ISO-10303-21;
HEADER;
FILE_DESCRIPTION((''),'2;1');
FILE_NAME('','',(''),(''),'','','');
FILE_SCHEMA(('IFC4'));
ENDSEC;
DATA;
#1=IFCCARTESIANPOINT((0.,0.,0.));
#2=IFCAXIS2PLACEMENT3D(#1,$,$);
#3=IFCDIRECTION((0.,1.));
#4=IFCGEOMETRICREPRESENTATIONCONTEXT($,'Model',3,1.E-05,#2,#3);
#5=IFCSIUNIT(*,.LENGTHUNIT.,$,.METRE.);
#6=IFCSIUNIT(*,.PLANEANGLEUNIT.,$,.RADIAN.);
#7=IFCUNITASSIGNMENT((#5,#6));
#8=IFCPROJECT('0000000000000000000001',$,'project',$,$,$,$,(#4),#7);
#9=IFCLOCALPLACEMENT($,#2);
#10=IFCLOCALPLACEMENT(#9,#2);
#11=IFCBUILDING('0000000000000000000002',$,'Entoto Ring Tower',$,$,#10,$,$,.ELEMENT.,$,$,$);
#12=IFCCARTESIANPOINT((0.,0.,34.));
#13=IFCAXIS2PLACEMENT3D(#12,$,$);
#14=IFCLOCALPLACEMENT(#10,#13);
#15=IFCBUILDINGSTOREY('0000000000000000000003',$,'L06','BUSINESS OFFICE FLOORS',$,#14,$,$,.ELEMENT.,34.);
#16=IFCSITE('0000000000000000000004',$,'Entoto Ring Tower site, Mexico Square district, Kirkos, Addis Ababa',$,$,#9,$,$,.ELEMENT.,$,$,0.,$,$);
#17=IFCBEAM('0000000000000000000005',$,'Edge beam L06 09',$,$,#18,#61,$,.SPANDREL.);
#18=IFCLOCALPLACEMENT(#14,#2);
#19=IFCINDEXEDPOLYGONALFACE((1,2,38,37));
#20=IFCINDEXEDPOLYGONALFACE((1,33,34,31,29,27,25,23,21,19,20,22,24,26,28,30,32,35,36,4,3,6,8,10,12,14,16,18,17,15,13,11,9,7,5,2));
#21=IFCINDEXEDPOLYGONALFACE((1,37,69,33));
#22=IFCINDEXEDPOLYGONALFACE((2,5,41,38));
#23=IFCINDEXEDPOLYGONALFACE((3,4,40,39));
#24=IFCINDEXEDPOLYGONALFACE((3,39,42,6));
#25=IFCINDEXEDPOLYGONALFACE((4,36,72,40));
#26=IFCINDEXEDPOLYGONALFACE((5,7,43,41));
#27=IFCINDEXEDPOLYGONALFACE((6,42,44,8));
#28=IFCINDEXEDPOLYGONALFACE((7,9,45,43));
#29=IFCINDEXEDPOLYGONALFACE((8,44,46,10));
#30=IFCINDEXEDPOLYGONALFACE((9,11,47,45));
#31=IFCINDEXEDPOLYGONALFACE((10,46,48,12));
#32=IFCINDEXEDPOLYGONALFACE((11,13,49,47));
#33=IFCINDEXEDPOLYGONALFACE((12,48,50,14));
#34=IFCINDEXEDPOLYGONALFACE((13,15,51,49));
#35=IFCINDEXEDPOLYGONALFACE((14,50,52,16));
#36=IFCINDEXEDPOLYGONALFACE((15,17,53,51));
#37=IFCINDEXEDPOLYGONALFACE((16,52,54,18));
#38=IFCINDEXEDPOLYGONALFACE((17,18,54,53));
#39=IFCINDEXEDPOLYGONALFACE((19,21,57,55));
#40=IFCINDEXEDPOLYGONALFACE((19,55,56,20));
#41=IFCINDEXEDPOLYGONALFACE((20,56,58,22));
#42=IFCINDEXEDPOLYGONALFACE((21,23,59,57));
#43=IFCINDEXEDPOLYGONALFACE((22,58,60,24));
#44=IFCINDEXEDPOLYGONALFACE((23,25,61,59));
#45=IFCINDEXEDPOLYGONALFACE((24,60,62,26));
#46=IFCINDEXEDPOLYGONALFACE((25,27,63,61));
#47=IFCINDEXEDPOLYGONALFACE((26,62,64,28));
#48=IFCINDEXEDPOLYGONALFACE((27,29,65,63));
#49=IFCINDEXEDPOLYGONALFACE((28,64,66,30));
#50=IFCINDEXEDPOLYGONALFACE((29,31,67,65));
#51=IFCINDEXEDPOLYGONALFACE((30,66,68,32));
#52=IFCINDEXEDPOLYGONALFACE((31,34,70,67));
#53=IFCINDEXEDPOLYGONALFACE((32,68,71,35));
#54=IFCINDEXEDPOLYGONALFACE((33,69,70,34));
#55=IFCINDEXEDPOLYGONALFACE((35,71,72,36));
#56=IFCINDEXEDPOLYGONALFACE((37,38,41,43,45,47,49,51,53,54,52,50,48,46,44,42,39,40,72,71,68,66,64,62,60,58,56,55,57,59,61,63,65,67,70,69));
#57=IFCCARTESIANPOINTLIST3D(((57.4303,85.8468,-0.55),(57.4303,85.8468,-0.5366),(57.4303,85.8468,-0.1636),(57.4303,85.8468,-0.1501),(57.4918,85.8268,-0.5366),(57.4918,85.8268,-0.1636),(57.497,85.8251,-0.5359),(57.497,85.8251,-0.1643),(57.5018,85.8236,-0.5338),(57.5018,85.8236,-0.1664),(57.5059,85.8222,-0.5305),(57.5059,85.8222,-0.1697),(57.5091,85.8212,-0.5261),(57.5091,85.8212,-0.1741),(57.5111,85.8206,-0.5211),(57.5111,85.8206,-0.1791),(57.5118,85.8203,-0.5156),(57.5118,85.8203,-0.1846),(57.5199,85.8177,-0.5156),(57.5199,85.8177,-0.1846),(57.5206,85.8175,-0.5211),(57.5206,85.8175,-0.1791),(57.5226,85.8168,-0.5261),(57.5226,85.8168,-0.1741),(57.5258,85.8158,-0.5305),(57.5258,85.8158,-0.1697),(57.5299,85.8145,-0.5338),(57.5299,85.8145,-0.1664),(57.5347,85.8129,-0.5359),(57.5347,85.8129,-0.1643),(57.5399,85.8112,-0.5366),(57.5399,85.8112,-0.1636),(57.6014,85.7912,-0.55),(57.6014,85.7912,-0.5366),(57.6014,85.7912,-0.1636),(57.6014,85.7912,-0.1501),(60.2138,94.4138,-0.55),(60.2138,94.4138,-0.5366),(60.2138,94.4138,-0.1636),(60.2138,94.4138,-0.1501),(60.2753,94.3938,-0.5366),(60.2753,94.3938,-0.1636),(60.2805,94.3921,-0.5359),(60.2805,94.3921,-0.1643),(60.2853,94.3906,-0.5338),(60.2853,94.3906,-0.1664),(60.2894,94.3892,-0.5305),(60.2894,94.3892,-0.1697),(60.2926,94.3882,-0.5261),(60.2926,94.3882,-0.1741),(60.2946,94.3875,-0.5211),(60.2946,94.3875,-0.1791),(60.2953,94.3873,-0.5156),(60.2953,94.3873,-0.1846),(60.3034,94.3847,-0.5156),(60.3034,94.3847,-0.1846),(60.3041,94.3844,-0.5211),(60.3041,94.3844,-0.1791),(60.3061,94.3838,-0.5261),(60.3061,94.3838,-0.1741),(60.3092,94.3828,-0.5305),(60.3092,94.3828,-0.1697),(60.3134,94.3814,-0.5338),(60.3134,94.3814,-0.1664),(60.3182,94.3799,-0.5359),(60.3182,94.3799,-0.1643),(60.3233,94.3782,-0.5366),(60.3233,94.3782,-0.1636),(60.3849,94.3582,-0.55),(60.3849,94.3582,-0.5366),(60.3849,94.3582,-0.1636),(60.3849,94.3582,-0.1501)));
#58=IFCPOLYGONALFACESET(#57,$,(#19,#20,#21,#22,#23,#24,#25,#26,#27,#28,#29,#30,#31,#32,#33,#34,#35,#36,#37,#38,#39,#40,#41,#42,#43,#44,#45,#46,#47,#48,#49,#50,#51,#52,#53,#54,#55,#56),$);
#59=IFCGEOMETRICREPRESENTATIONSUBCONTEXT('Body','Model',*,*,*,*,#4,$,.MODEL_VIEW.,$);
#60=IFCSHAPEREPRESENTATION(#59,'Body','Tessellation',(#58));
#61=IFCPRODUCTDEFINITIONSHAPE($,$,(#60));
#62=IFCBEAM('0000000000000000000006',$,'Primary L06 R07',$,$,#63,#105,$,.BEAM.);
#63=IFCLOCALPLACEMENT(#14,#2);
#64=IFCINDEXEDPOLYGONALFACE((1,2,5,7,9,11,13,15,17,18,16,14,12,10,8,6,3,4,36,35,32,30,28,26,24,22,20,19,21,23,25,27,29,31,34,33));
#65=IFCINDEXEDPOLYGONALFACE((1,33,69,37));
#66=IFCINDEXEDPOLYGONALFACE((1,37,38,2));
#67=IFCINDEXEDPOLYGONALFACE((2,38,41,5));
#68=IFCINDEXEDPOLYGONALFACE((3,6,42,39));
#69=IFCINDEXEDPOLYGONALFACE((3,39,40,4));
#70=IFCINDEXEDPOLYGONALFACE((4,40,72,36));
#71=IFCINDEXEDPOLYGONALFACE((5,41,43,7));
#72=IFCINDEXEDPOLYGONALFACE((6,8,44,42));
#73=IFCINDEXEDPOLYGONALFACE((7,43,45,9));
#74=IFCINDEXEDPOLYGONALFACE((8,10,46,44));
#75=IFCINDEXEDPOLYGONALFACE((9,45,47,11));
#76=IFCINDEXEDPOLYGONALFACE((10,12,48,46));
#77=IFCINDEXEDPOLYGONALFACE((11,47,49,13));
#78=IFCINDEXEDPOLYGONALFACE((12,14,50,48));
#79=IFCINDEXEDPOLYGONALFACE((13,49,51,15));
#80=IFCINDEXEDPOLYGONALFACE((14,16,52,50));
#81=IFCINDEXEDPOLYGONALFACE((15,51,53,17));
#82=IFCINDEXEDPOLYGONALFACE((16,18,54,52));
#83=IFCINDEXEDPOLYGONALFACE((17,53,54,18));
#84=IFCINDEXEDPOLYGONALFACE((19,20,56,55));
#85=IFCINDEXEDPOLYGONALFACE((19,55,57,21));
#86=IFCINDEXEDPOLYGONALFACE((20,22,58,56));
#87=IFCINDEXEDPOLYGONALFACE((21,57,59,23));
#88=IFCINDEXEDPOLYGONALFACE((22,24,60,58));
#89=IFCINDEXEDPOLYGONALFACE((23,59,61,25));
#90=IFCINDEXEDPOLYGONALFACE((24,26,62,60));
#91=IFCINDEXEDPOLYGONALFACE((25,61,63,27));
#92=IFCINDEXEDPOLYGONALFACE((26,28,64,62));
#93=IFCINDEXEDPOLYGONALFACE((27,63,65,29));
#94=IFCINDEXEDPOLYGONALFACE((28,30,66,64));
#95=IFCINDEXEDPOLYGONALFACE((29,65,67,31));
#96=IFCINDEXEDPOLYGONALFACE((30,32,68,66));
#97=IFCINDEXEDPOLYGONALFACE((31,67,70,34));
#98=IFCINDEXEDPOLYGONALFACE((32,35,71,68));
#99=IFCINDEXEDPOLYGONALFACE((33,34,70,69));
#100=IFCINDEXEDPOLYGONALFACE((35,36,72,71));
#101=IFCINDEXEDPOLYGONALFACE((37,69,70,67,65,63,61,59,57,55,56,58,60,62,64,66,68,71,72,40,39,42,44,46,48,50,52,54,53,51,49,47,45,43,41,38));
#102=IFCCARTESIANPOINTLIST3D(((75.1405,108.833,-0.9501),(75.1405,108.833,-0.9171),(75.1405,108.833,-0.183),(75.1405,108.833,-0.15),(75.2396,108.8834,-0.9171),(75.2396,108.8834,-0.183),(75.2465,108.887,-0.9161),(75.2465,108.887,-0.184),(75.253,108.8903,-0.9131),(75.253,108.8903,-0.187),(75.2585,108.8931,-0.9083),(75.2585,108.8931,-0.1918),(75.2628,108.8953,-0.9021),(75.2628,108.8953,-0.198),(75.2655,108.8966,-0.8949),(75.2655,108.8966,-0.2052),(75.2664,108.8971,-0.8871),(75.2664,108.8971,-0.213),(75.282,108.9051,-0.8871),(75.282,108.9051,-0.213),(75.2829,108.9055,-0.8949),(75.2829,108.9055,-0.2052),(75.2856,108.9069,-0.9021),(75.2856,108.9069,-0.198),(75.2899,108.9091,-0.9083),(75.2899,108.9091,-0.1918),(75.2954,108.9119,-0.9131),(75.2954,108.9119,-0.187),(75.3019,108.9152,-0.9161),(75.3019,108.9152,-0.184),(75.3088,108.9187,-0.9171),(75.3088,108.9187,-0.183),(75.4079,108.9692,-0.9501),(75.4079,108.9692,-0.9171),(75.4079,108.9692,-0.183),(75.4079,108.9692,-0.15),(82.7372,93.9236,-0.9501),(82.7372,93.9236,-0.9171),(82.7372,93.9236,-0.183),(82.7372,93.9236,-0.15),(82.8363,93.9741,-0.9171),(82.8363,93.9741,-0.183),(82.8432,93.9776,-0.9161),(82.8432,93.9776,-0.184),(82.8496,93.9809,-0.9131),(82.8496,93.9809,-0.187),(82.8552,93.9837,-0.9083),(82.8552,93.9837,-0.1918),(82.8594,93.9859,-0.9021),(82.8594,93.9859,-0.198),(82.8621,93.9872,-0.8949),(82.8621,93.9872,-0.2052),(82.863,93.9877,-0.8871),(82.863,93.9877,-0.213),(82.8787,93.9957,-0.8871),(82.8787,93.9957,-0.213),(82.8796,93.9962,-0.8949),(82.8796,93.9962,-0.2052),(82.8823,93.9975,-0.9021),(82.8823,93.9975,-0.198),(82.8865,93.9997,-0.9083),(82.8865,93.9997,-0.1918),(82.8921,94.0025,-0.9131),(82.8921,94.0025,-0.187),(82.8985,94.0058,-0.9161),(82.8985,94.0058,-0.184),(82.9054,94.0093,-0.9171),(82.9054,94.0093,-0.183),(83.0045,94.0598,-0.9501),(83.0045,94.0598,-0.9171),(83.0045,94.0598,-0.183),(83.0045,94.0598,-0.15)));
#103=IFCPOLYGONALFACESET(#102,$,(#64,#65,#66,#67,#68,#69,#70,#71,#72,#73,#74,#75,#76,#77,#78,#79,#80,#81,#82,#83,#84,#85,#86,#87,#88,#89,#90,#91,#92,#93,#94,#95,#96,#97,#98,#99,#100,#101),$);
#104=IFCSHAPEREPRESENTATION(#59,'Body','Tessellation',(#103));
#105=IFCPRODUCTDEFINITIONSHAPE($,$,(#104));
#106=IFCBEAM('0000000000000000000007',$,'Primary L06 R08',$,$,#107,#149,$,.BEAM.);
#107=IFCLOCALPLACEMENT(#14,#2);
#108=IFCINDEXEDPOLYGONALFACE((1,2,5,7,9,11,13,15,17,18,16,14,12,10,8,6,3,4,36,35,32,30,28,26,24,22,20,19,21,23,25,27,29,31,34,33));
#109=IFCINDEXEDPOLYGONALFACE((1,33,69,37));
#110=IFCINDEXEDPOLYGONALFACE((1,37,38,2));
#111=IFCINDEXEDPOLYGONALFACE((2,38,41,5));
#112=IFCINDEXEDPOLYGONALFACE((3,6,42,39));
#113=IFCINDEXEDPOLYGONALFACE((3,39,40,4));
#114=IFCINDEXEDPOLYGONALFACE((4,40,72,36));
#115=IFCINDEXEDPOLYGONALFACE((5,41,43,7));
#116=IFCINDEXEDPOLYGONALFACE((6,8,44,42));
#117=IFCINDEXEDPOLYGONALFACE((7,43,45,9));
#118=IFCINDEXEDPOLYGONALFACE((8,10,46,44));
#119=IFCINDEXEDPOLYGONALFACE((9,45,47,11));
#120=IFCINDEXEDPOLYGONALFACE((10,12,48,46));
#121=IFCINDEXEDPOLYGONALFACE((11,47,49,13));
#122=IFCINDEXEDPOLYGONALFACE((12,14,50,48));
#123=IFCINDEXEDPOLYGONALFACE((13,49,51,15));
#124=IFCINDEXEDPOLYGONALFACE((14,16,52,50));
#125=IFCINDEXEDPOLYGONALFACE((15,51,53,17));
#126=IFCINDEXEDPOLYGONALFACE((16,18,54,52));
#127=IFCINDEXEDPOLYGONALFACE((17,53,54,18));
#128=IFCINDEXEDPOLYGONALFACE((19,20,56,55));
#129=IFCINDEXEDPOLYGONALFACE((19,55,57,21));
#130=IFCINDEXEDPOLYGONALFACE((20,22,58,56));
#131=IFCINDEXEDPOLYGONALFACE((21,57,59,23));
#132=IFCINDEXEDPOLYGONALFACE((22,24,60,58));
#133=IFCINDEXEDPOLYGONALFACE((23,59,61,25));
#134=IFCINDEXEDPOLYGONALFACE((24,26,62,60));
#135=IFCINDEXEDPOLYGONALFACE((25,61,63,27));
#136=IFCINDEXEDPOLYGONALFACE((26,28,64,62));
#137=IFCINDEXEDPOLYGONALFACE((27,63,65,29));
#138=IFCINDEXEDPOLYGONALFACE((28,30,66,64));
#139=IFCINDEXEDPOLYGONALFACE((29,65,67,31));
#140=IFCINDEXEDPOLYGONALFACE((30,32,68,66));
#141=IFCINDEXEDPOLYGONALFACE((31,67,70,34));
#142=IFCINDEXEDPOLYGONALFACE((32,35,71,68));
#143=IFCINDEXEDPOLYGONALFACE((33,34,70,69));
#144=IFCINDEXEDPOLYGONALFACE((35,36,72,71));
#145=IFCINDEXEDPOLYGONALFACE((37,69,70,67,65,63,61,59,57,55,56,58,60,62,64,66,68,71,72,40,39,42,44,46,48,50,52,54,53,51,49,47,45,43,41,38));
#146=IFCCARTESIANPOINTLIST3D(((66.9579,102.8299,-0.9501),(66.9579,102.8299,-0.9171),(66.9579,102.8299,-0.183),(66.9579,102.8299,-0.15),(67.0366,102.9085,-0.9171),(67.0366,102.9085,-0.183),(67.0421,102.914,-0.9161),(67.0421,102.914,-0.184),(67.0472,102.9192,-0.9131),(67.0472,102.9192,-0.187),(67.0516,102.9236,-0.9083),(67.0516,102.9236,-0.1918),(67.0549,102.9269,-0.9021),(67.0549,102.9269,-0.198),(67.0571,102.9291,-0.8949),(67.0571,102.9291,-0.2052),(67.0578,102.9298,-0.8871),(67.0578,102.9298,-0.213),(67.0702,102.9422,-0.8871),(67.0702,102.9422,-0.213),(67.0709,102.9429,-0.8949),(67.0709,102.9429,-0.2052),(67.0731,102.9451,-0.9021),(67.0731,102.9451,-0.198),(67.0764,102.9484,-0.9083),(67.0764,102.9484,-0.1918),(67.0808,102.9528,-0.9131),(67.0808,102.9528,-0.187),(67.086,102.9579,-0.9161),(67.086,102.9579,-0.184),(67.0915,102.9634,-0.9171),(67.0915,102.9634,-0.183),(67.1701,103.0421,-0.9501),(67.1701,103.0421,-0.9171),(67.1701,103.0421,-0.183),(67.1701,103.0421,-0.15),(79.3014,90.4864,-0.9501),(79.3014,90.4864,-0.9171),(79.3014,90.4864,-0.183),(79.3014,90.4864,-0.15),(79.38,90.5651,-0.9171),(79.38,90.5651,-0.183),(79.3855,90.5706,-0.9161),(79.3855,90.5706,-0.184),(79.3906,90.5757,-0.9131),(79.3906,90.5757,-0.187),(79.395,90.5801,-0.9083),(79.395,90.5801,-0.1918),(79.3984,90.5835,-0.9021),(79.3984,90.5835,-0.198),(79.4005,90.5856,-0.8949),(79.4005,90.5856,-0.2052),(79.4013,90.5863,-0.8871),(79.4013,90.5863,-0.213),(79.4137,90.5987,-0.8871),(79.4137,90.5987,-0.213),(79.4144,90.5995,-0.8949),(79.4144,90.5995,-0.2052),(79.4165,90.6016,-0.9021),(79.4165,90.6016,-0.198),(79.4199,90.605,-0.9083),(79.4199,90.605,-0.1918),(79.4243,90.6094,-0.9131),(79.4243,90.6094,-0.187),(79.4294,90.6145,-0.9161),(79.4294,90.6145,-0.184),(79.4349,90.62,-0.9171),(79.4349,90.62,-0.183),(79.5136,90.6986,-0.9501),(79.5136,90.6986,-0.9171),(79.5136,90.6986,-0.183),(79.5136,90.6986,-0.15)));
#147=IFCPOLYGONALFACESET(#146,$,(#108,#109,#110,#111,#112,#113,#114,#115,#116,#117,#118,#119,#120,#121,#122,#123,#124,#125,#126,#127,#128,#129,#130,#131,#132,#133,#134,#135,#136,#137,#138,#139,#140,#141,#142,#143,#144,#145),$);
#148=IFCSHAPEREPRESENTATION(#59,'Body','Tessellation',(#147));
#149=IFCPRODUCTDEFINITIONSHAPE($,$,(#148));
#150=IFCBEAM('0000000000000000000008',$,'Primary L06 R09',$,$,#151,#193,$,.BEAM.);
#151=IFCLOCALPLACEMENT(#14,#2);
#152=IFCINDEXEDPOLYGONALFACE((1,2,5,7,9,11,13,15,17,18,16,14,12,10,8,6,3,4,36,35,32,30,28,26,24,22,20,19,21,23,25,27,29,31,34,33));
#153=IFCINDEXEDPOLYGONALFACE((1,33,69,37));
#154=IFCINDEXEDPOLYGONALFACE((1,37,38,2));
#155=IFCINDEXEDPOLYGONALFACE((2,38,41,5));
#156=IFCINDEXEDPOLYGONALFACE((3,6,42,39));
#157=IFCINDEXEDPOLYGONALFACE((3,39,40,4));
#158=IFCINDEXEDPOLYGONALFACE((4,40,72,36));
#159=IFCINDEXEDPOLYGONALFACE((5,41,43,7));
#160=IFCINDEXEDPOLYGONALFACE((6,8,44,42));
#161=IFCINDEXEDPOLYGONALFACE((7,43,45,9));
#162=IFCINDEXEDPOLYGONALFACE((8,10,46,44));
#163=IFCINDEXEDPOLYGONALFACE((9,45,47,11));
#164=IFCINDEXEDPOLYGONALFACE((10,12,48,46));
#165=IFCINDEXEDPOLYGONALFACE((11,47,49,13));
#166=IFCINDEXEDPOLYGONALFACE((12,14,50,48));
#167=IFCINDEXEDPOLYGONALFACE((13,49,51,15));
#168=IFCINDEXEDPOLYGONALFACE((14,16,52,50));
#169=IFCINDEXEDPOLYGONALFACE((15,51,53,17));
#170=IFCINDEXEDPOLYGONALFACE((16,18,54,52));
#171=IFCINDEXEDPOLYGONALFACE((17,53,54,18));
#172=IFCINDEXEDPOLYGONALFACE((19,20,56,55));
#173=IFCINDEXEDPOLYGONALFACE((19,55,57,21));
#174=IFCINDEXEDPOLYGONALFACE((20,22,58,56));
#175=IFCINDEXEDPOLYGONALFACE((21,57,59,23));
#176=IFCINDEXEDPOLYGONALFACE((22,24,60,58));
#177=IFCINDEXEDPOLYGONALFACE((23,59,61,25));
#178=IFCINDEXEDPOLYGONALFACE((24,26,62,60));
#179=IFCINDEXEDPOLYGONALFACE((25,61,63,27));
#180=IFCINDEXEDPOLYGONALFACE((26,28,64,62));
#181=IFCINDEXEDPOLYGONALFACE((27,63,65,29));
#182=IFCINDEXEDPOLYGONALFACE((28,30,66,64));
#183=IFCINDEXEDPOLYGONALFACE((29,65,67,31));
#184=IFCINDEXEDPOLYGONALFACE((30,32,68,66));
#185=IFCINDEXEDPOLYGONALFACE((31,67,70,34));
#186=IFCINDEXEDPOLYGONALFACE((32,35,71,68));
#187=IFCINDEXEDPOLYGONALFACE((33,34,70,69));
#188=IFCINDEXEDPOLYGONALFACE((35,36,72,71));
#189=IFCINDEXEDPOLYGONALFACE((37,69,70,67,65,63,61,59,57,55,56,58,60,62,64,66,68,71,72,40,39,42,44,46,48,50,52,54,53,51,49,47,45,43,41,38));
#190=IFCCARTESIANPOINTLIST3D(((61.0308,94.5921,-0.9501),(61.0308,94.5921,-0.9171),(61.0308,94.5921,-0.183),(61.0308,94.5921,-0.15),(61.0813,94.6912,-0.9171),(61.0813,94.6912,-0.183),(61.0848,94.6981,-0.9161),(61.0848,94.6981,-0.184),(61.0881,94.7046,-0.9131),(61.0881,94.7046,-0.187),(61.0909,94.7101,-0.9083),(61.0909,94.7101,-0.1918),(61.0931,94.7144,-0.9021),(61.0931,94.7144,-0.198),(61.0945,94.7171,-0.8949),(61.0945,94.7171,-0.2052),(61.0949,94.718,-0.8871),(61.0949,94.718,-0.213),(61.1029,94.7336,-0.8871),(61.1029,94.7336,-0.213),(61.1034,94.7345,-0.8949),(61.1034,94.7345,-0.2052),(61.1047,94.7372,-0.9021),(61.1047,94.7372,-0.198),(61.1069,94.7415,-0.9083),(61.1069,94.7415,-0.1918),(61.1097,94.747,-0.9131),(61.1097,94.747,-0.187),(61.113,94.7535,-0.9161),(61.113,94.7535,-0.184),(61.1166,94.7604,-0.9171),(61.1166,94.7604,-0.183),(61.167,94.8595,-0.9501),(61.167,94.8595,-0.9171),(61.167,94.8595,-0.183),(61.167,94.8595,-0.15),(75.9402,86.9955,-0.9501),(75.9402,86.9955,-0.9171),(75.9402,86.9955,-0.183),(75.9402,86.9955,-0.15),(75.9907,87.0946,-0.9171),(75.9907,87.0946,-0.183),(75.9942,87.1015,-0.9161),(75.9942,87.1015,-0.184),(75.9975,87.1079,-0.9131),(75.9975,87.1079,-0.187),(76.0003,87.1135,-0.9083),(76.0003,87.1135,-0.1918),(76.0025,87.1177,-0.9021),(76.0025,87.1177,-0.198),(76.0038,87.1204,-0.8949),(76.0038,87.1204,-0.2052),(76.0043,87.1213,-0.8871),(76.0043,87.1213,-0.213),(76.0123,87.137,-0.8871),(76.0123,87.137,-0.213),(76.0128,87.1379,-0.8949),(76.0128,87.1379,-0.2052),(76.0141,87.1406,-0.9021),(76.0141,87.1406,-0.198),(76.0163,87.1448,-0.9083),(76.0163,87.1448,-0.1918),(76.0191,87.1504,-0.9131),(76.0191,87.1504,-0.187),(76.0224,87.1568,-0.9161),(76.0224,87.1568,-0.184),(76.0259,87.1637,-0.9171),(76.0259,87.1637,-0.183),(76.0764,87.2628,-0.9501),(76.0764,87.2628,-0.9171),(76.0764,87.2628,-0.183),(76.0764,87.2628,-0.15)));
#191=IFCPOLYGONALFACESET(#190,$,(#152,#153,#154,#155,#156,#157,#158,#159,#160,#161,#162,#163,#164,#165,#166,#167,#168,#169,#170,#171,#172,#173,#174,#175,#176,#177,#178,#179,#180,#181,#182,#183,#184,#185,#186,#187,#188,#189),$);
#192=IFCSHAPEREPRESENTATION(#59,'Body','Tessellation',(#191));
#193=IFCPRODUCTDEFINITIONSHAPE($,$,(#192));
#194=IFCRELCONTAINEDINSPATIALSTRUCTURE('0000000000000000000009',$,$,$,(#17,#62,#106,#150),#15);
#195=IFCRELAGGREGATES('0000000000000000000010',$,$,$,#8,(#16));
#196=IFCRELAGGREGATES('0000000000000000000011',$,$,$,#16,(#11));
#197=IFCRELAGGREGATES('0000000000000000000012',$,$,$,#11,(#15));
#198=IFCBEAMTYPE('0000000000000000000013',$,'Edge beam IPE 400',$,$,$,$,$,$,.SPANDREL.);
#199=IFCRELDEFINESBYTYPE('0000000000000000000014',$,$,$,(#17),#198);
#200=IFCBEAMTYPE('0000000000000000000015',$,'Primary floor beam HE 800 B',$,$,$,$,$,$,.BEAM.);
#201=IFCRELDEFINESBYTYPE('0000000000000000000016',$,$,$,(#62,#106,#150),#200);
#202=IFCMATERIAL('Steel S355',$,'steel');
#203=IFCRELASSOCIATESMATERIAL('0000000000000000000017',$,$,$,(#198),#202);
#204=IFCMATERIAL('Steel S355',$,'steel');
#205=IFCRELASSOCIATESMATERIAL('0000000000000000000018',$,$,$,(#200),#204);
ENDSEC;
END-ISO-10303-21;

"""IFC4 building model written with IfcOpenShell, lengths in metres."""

from ifc_helpers import new_model, si_unit, direction, frame, origin, origin_2d, place, context, subcontext, project, spatial, i_section, extrude, material, material_profile, profile_set, type_object, element, save


model = new_model("IFC4")

# Units and contexts
model_context = context("Model", 3, precision=1e-05, world=origin(), true_north=direction((0.0, 1.0)))
body_context = subcontext(model_context, "Body", "Model", "MODEL_VIEW")
ifc_project = project(units=[si_unit("LENGTHUNIT", "METRE"), si_unit("PLANEANGLEUNIT", "RADIAN")], contexts=[model_context])

# Site, building, storey
site_placement = place(None, origin())
site = spatial("IfcSite", under=ifc_project, at=site_placement, Name="Entoto Ring Tower site, Mexico Square district, Kirkos, Addis Ababa", CompositionType="ELEMENT", RefElevation=0.0)
building_placement = place(site_placement, origin())
building = spatial("IfcBuilding", under=site, at=building_placement, Name="Entoto Ring Tower", CompositionType="ELEMENT")
storey_placement = place(building_placement, frame((0.0, 0.0, 34.0)))
storey = spatial("IfcBuildingStorey", under=building, at=storey_placement, Name="L06", Description="BUSINESS OFFICE FLOORS", CompositionType="ELEMENT", Elevation=34.0)

# Beams
ifc_material_1 = material(Name="Steel S355", Category="steel")
ifc_material_profile_1 = material_profile(ifc_material_1, i_section(OverallWidth=0.1799, OverallDepth=0.3999, WebThickness=0.0085, FlangeThickness=0.0134, FilletRadius=0.021, at=origin_2d()), Name="IPE 400")
ifc_profile_set_1 = profile_set([ifc_material_profile_1], Name="Steel S355")
beam_type_1 = type_object("IfcBeamType", Name="Edge beam IPE 400", PredefinedType="SPANDREL", material=ifc_profile_set_1)
for number, where, z_axis, x_axis, name in (
    (1, (60.2993, 94.386, -0.3501), (-0.309006, -0.95106, 0.0), (0.95106, -0.309006, 0.0), "Edge beam L06 09"),
):
    element("IfcBeam", number, at=place(storey_placement, frame(where, z_axis=z_axis, x_axis=x_axis)), inside=storey, type_object=beam_type_1, Name=name, PredefinedType="SPANDREL", context=body_context, shape_type="SweptSolid", body=[
        extrude(i_section(OverallWidth=0.1799, OverallDepth=0.3999, WebThickness=0.0085, FlangeThickness=0.0134, FilletRadius=0.021, at=origin_2d()), origin(), (0.0, 0.0, 1.0), 9.0078),
    ])
ifc_material_2 = material(Name="Steel S355", Category="steel")
ifc_material_profile_2 = material_profile(ifc_material_2, i_section(OverallWidth=0.3, OverallDepth=0.8, WebThickness=0.0176, FlangeThickness=0.033, FilletRadius=0.03, at=origin_2d()), Name="HE 800 B")
ifc_profile_set_2 = profile_set([ifc_material_profile_2], Name="Steel S355")
beam_type_2 = type_object("IfcBeamType", Name="Primary floor beam HE 800 B", PredefinedType="BEAM", material=ifc_profile_set_2)
beam_1_placement = place(storey_placement, frame((82.8708, 93.9917, -0.55), z_axis=(-0.453988, 0.891008, 0.0), x_axis=(-0.891008, -0.453988, 0.0)))
element("IfcBeam", 2, at=beam_1_placement, inside=storey, type_object=beam_type_2, Name="Primary L06 R07", PredefinedType="BEAM", context=body_context, shape_type="SweptSolid", body=[
    extrude(i_section(OverallWidth=0.3, OverallDepth=0.8, WebThickness=0.0176, FlangeThickness=0.033, FilletRadius=0.03, at=origin_2d()), origin(), (0.0, 0.0, 1.0), 16.7332),
])
beam_2_placement = place(storey_placement, frame((79.4075, 90.5925, -0.55), z_axis=(-0.707107, 0.707107, 0.0), x_axis=(-0.707107, -0.707107, 0.0)))
element("IfcBeam", 3, at=beam_2_placement, inside=storey, type_object=beam_type_2, Name="Primary L06 R08", PredefinedType="BEAM", context=body_context, shape_type="SweptSolid", body=[
    extrude(i_section(OverallWidth=0.3, OverallDepth=0.8, WebThickness=0.0176, FlangeThickness=0.033, FilletRadius=0.03, at=origin_2d()), origin(), (0.0, 0.0, 1.0), 17.4563),
])
beam_3_placement = place(storey_placement, frame((76.0083, 87.1292, -0.55), z_axis=(-0.891008, 0.453988, 0.0), x_axis=(-0.453988, -0.891008, 0.0)))
element("IfcBeam", 4, at=beam_3_placement, inside=storey, type_object=beam_type_2, Name="Primary L06 R09", PredefinedType="BEAM", context=body_context, shape_type="SweptSolid", body=[
    extrude(i_section(OverallWidth=0.3, OverallDepth=0.8, WebThickness=0.0176, FlangeThickness=0.033, FilletRadius=0.03, at=origin_2d()), origin(), (0.0, 0.0, 1.0), 16.7332),
])

save(model, "model.ifc")
